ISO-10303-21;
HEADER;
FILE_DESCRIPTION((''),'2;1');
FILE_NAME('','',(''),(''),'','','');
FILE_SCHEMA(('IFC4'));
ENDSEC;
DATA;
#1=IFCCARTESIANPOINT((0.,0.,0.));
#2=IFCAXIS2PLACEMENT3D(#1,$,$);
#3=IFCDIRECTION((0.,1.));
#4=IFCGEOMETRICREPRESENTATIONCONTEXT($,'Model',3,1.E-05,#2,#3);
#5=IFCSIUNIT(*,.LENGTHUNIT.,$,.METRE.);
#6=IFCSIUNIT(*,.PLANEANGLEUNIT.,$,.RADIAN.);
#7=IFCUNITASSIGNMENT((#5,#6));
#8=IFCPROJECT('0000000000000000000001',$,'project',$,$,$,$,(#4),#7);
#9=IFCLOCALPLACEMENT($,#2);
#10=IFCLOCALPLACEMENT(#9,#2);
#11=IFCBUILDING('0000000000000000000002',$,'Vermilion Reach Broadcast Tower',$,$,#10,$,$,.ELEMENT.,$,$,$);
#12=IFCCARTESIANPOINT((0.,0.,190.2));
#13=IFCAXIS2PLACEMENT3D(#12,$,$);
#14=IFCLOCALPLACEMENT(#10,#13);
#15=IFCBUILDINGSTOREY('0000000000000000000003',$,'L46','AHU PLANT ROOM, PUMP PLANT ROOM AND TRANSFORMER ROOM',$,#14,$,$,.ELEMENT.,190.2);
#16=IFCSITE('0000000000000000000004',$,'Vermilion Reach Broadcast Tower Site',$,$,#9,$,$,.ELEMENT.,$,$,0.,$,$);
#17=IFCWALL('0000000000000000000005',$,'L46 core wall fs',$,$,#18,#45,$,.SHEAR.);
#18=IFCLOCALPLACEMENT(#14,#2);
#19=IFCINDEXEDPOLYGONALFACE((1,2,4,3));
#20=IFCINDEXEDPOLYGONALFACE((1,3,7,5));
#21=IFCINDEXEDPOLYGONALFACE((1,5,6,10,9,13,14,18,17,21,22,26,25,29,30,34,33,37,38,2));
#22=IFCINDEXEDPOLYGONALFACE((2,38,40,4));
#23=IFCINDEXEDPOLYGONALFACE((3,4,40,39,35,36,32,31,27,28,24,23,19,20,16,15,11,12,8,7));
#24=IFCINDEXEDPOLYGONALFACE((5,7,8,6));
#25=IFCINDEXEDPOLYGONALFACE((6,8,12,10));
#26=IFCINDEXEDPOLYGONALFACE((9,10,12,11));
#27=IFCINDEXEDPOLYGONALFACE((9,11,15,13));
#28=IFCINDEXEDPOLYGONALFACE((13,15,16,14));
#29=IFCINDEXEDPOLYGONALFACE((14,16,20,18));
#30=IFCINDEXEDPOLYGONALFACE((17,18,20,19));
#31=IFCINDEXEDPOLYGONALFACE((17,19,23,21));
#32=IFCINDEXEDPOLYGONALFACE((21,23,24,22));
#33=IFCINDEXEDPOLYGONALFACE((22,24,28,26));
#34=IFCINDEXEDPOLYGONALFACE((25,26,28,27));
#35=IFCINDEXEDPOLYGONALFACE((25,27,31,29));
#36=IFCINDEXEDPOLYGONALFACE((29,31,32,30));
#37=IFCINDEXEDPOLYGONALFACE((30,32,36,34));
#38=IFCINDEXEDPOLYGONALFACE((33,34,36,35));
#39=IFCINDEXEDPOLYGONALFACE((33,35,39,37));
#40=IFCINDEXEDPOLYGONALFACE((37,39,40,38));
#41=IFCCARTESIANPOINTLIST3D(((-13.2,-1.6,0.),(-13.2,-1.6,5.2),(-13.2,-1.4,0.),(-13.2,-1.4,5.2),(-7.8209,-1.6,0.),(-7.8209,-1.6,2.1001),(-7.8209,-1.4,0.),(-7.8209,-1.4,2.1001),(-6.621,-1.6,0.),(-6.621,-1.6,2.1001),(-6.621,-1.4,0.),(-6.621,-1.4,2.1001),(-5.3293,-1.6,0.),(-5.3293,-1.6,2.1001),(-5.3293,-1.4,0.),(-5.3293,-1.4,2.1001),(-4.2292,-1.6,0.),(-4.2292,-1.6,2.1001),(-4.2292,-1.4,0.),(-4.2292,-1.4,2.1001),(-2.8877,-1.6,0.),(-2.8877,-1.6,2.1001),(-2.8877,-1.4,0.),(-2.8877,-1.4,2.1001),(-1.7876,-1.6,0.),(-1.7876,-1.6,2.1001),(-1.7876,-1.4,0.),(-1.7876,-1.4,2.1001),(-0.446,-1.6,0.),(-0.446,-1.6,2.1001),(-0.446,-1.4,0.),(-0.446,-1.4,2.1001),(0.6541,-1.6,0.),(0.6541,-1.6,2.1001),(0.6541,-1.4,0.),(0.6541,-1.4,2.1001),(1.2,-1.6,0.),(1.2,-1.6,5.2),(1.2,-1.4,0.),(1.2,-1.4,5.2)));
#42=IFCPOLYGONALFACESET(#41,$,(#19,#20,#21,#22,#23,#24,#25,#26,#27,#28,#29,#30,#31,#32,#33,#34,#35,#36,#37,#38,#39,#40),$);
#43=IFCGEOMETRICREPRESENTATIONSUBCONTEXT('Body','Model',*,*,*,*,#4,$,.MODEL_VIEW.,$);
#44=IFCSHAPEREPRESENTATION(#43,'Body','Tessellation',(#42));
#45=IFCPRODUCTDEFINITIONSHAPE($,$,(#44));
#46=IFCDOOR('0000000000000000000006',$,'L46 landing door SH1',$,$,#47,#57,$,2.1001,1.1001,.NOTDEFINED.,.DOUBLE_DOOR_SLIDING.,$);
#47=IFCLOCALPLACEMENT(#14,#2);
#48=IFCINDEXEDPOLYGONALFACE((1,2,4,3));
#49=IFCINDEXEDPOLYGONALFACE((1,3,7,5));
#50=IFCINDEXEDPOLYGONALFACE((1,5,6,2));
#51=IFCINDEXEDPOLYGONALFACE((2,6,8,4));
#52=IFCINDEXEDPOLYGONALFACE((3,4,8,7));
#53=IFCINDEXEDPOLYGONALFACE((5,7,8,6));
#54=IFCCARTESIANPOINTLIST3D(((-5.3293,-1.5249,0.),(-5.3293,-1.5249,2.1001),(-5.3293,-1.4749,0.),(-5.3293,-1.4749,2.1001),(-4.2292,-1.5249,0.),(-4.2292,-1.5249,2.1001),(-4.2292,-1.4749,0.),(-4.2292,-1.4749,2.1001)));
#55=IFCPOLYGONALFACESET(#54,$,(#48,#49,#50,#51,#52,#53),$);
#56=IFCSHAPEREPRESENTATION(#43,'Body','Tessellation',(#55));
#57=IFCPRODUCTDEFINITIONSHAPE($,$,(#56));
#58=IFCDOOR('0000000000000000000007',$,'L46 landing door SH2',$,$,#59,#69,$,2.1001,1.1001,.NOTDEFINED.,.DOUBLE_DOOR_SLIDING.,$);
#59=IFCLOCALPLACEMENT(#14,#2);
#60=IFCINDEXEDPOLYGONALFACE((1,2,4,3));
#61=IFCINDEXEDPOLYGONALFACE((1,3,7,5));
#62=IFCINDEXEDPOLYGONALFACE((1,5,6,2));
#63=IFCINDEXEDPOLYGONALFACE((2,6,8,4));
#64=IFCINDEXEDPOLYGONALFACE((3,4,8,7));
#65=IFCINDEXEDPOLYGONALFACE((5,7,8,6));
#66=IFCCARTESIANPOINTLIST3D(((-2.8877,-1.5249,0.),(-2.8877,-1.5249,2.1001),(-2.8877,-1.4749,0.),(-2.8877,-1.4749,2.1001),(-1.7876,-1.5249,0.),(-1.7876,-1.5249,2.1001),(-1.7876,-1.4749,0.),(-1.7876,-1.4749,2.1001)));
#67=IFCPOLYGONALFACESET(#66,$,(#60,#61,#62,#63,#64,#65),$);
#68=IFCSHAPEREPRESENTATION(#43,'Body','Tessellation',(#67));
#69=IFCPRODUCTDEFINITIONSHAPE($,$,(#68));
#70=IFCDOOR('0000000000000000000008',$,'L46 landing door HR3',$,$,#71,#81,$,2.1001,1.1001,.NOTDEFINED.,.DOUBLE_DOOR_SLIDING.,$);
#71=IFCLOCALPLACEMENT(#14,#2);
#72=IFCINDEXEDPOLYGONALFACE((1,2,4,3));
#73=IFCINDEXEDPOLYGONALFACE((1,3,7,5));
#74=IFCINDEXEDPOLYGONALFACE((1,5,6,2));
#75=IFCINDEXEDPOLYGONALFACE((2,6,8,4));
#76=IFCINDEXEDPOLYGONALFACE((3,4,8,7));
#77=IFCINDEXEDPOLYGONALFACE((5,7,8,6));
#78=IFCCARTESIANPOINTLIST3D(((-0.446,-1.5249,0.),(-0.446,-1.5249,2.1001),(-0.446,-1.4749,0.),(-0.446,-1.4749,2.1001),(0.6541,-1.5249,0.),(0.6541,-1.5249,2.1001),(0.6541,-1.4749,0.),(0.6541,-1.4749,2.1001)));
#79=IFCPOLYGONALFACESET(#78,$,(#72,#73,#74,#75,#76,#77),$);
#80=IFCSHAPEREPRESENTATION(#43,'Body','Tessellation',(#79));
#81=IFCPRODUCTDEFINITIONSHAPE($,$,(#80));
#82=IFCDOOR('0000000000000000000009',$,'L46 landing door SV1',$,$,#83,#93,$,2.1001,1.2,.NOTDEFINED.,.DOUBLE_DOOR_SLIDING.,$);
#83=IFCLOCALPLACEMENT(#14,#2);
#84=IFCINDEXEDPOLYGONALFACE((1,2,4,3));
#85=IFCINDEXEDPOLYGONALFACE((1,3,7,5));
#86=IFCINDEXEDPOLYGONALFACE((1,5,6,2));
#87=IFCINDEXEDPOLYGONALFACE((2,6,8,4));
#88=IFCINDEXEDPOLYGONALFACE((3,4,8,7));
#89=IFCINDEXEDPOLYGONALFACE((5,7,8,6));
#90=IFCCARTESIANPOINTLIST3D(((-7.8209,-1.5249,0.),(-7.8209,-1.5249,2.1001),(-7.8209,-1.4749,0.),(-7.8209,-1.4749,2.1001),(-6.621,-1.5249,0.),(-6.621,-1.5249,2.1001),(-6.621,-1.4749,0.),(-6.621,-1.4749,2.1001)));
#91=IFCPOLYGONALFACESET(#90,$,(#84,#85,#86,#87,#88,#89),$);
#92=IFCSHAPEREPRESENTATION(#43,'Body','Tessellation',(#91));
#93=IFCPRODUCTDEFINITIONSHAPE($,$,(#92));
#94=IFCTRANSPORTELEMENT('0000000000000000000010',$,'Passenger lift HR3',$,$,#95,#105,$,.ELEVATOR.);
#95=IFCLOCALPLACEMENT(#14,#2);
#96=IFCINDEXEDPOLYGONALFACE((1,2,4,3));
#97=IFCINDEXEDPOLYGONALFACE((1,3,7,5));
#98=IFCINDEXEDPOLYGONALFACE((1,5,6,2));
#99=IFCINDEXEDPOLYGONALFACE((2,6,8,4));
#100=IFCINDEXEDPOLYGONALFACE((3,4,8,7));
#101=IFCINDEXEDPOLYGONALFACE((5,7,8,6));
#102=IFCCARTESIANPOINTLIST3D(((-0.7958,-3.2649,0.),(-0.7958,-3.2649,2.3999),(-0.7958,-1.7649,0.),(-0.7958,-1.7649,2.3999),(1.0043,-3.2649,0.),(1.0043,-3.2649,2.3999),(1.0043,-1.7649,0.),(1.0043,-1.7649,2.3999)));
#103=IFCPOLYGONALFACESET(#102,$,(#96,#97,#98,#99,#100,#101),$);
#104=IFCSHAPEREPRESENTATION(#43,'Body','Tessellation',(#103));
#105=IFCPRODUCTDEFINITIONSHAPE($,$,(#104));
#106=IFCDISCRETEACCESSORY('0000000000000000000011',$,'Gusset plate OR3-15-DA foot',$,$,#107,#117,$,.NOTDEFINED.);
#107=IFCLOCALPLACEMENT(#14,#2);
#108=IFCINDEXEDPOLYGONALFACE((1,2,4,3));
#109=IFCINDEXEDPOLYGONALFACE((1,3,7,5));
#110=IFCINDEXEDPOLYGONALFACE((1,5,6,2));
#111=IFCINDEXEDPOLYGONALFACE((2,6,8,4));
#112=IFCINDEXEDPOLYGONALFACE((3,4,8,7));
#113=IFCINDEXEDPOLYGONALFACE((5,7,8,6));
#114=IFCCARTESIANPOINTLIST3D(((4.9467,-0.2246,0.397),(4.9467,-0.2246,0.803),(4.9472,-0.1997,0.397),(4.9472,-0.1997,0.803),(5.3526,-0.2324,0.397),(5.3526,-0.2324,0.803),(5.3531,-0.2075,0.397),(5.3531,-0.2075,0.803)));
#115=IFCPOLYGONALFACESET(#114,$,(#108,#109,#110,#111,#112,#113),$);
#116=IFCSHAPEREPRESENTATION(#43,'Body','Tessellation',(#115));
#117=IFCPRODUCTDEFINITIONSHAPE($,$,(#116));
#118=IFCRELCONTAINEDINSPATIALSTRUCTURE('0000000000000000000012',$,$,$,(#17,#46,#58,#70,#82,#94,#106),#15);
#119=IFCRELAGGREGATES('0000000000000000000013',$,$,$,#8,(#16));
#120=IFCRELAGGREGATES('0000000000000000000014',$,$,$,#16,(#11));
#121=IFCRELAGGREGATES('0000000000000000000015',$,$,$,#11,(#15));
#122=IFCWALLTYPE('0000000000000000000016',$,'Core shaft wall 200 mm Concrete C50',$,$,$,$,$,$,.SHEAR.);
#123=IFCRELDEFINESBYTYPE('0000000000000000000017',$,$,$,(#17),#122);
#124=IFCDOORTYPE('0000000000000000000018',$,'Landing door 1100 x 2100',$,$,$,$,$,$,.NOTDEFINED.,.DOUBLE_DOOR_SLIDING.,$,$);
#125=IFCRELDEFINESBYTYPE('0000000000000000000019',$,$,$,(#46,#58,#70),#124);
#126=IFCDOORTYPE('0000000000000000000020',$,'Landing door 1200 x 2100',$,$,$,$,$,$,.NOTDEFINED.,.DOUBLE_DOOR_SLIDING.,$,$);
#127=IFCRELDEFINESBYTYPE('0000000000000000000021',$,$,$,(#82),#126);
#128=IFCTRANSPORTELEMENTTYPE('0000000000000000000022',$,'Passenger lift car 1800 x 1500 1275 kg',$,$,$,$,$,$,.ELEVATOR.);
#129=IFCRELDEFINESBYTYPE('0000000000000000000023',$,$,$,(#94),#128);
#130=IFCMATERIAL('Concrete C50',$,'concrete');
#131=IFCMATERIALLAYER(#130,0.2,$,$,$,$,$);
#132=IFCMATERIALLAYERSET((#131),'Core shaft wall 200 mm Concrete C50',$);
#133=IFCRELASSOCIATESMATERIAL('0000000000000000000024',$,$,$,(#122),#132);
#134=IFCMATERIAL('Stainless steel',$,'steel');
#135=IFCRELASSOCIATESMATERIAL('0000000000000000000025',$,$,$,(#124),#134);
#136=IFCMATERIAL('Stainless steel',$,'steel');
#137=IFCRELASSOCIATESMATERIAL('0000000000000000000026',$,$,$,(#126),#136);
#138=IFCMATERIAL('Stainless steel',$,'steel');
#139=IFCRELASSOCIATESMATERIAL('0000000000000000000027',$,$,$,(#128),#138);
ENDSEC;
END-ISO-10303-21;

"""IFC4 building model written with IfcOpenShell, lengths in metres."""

from ifc_helpers import new_model, si_unit, direction, frame, frame_2d, origin, origin_2d, place, context, subcontext, project, spatial, rectangle, extrude, material, layer, layer_set, type_object, element, fill, save


model = new_model("IFC4")

# Units and contexts
model_context = context("Model", 3, precision=1e-05, world=origin(), true_north=direction((0.0, 1.0)))
body_context = subcontext(model_context, "Body", "Model", "MODEL_VIEW")
ifc_project = project(units=[si_unit("LENGTHUNIT", "METRE"), si_unit("PLANEANGLEUNIT", "RADIAN")], contexts=[model_context])

# Site, building, storey
site_placement = place(None, origin())
site = spatial("IfcSite", under=ifc_project, at=site_placement, Name="Vermilion Reach Broadcast Tower Site", CompositionType="ELEMENT", RefElevation=0.0)
building_placement = place(site_placement, origin())
building = spatial("IfcBuilding", under=site, at=building_placement, Name="Vermilion Reach Broadcast Tower", CompositionType="ELEMENT")
storey_placement = place(building_placement, frame((0.0, 0.0, 190.2)))
storey = spatial("IfcBuildingStorey", under=building, at=storey_placement, Name="L46", Description="AHU PLANT ROOM, PUMP PLANT ROOM AND TRANSFORMER ROOM", CompositionType="ELEMENT", Elevation=190.2)

# Wall, openings, doors
ifc_material_1 = material(Name="Concrete C50", Category="concrete")
ifc_layer_1 = layer(ifc_material_1, 0.2)
ifc_layer_set_1 = layer_set([ifc_layer_1], Name="Core shaft wall 200 mm Concrete C50")
wall_type_1 = type_object("IfcWallType", Name="Core shaft wall 200 mm Concrete C50", PredefinedType="SHEAR", material=ifc_layer_set_1)
wall_1_placement = place(storey_placement, frame((1.2, -1.5, 0.0), z_axis=(0.0, 0.0, 1.0), x_axis=(-1.0, 0.0, 0.0)))
wall_1 = element("IfcWall", 1, at=wall_1_placement, inside=storey, type_object=wall_type_1, Name="L46 core wall fs", PredefinedType="SHEAR", context=body_context, shape_type="SweptSolid", body=[
    extrude(rectangle(XDim=14.3999, YDim=0.2, at=frame_2d((7.2, 0.0))), origin(), (0.0, 0.0, 1.0), 5.2),
])
opening_1_placement = place(wall_1_placement, frame((7.8208, 0.0, 0.0)))
opening_1 = element("IfcOpeningElement", 2, at=opening_1_placement, cuts=wall_1, PredefinedType="OPENING", context=body_context, shape_type="SweptSolid", body=[
    extrude(rectangle(XDim=1.2, YDim=2.1001, at=frame_2d((0.6001, 1.05))), frame((0.0, 0.1099, 0.0), z_axis=(0.0, -1.0, 0.0), x_axis=(1.0, 0.0, 0.0)), (0.0, 0.0, 1.0), 0.22),
])
opening_2_placement = place(wall_1_placement, frame((5.4292, 0.0, 0.0)))
opening_2 = element("IfcOpeningElement", 3, at=opening_2_placement, cuts=wall_1, PredefinedType="OPENING", context=body_context, shape_type="SweptSolid", body=[
    extrude(rectangle(XDim=1.1001, YDim=2.1001, at=frame_2d((0.55, 1.05))), frame((0.0, 0.1099, 0.0), z_axis=(0.0, -1.0, 0.0), x_axis=(1.0, 0.0, 0.0)), (0.0, 0.0, 1.0), 0.22),
])
opening_3_placement = place(wall_1_placement, frame((2.9875, 0.0, 0.0)))
opening_3 = element("IfcOpeningElement", 4, at=opening_3_placement, cuts=wall_1, PredefinedType="OPENING", context=body_context, shape_type="SweptSolid", body=[
    extrude(rectangle(XDim=1.1001, YDim=2.1001, at=frame_2d((0.55, 1.05))), frame((0.0, 0.1099, 0.0), z_axis=(0.0, -1.0, 0.0), x_axis=(1.0, 0.0, 0.0)), (0.0, 0.0, 1.0), 0.22),
])
opening_4_placement = place(wall_1_placement, frame((0.5459, 0.0, 0.0)))
opening_4 = element("IfcOpeningElement", 5, at=opening_4_placement, cuts=wall_1, PredefinedType="OPENING", context=body_context, shape_type="SweptSolid", body=[
    extrude(rectangle(XDim=1.1001, YDim=2.1001, at=frame_2d((0.55, 1.05))), frame((0.0, 0.1099, 0.0), z_axis=(0.0, -1.0, 0.0), x_axis=(1.0, 0.0, 0.0)), (0.0, 0.0, 1.0), 0.22),
])
ifc_material_2 = material(Name="Stainless steel", Category="steel")
door_type_1 = type_object("IfcDoorType", Name="Landing door 1100 x 2100", OperationType="DOUBLE_DOOR_SLIDING", PredefinedType="NOTDEFINED", material=ifc_material_2)
door_1_placement = place(opening_2_placement, origin())
door_1 = element("IfcDoor", 6, at=door_1_placement, inside=storey, type_object=door_type_1, Name="L46 landing door SH1", OperationType="DOUBLE_DOOR_SLIDING", OverallHeight=2.1001, OverallWidth=1.1001, PredefinedType="NOTDEFINED", context=body_context, shape_type="SweptSolid", body=[
    extrude(rectangle(XDim=1.1001, YDim=2.1001, at=frame_2d((0.55, 1.05))), frame((0.0, 0.0249, 0.0), z_axis=(0.0, -1.0, 0.0), x_axis=(1.0, 0.0, 0.0)), (0.0, 0.0, 1.0), 0.05),
])
fill(opening_2, door_1)
door_2_placement = place(opening_3_placement, origin())
door_2 = element("IfcDoor", 7, at=door_2_placement, inside=storey, type_object=door_type_1, Name="L46 landing door SH2", OperationType="DOUBLE_DOOR_SLIDING", OverallHeight=2.1001, OverallWidth=1.1001, PredefinedType="NOTDEFINED", context=body_context, shape_type="SweptSolid", body=[
    extrude(rectangle(XDim=1.1001, YDim=2.1001, at=frame_2d((0.55, 1.05))), frame((0.0, 0.0249, 0.0), z_axis=(0.0, -1.0, 0.0), x_axis=(1.0, 0.0, 0.0)), (0.0, 0.0, 1.0), 0.05),
])
fill(opening_3, door_2)
door_3_placement = place(opening_4_placement, origin())
door_3 = element("IfcDoor", 8, at=door_3_placement, inside=storey, type_object=door_type_1, Name="L46 landing door HR3", OperationType="DOUBLE_DOOR_SLIDING", OverallHeight=2.1001, OverallWidth=1.1001, PredefinedType="NOTDEFINED", context=body_context, shape_type="SweptSolid", body=[
    extrude(rectangle(XDim=1.1001, YDim=2.1001, at=frame_2d((0.55, 1.05))), frame((0.0, 0.0249, 0.0), z_axis=(0.0, -1.0, 0.0), x_axis=(1.0, 0.0, 0.0)), (0.0, 0.0, 1.0), 0.05),
])
fill(opening_4, door_3)
ifc_material_3 = material(Name="Stainless steel", Category="steel")
door_type_2 = type_object("IfcDoorType", Name="Landing door 1200 x 2100", OperationType="DOUBLE_DOOR_SLIDING", PredefinedType="NOTDEFINED", material=ifc_material_3)
door_4_placement = place(opening_1_placement, origin())
door_4 = element("IfcDoor", 9, at=door_4_placement, inside=storey, type_object=door_type_2, Name="L46 landing door SV1", OperationType="DOUBLE_DOOR_SLIDING", OverallHeight=2.1001, OverallWidth=1.2, PredefinedType="NOTDEFINED", context=body_context, shape_type="SweptSolid", body=[
    extrude(rectangle(XDim=1.2, YDim=2.1001, at=frame_2d((0.6001, 1.05))), frame((0.0, 0.0249, 0.0), z_axis=(0.0, -1.0, 0.0), x_axis=(1.0, 0.0, 0.0)), (0.0, 0.0, 1.0), 0.05),
])
fill(opening_1, door_4)

# Transport element
ifc_material_4 = material(Name="Stainless steel", Category="steel")
transport_element_type = type_object("IfcTransportElementType", Name="Passenger lift car 1800 x 1500 1275 kg", PredefinedType="ELEVATOR", material=ifc_material_4)
transport_element_placement = place(storey_placement, frame((0.1042, -2.5149, 0.0), z_axis=(0.0, 0.0, 1.0), x_axis=(1.0, 0.0, 0.0)))
element("IfcTransportElement", 10, at=transport_element_placement, inside=storey, type_object=transport_element_type, Name="Passenger lift HR3", PredefinedType="ELEVATOR", context=body_context, shape_type="SweptSolid", body=[
    extrude(rectangle(XDim=1.8, YDim=1.5, at=origin_2d()), origin(), (0.0, 0.0, 1.0), 2.3999),
])

# Discrete accessory
discrete_accessory_placement = place(storey_placement, frame((5.1499, -0.2161, 0.397), z_axis=(0.0, 0.0, 1.0), x_axis=(0.019372, 0.999812, 0.0)))
element("IfcDiscreteAccessory", 11, at=discrete_accessory_placement, inside=storey, Name="Gusset plate OR3-15-DA foot", PredefinedType="NOTDEFINED", context=body_context, shape_type="SweptSolid", body=[
    extrude(rectangle(XDim=0.0249, YDim=0.406, at=origin_2d()), origin(), (0.0, 0.0, 1.0), 0.406),
])

save(model, "model.ifc")
